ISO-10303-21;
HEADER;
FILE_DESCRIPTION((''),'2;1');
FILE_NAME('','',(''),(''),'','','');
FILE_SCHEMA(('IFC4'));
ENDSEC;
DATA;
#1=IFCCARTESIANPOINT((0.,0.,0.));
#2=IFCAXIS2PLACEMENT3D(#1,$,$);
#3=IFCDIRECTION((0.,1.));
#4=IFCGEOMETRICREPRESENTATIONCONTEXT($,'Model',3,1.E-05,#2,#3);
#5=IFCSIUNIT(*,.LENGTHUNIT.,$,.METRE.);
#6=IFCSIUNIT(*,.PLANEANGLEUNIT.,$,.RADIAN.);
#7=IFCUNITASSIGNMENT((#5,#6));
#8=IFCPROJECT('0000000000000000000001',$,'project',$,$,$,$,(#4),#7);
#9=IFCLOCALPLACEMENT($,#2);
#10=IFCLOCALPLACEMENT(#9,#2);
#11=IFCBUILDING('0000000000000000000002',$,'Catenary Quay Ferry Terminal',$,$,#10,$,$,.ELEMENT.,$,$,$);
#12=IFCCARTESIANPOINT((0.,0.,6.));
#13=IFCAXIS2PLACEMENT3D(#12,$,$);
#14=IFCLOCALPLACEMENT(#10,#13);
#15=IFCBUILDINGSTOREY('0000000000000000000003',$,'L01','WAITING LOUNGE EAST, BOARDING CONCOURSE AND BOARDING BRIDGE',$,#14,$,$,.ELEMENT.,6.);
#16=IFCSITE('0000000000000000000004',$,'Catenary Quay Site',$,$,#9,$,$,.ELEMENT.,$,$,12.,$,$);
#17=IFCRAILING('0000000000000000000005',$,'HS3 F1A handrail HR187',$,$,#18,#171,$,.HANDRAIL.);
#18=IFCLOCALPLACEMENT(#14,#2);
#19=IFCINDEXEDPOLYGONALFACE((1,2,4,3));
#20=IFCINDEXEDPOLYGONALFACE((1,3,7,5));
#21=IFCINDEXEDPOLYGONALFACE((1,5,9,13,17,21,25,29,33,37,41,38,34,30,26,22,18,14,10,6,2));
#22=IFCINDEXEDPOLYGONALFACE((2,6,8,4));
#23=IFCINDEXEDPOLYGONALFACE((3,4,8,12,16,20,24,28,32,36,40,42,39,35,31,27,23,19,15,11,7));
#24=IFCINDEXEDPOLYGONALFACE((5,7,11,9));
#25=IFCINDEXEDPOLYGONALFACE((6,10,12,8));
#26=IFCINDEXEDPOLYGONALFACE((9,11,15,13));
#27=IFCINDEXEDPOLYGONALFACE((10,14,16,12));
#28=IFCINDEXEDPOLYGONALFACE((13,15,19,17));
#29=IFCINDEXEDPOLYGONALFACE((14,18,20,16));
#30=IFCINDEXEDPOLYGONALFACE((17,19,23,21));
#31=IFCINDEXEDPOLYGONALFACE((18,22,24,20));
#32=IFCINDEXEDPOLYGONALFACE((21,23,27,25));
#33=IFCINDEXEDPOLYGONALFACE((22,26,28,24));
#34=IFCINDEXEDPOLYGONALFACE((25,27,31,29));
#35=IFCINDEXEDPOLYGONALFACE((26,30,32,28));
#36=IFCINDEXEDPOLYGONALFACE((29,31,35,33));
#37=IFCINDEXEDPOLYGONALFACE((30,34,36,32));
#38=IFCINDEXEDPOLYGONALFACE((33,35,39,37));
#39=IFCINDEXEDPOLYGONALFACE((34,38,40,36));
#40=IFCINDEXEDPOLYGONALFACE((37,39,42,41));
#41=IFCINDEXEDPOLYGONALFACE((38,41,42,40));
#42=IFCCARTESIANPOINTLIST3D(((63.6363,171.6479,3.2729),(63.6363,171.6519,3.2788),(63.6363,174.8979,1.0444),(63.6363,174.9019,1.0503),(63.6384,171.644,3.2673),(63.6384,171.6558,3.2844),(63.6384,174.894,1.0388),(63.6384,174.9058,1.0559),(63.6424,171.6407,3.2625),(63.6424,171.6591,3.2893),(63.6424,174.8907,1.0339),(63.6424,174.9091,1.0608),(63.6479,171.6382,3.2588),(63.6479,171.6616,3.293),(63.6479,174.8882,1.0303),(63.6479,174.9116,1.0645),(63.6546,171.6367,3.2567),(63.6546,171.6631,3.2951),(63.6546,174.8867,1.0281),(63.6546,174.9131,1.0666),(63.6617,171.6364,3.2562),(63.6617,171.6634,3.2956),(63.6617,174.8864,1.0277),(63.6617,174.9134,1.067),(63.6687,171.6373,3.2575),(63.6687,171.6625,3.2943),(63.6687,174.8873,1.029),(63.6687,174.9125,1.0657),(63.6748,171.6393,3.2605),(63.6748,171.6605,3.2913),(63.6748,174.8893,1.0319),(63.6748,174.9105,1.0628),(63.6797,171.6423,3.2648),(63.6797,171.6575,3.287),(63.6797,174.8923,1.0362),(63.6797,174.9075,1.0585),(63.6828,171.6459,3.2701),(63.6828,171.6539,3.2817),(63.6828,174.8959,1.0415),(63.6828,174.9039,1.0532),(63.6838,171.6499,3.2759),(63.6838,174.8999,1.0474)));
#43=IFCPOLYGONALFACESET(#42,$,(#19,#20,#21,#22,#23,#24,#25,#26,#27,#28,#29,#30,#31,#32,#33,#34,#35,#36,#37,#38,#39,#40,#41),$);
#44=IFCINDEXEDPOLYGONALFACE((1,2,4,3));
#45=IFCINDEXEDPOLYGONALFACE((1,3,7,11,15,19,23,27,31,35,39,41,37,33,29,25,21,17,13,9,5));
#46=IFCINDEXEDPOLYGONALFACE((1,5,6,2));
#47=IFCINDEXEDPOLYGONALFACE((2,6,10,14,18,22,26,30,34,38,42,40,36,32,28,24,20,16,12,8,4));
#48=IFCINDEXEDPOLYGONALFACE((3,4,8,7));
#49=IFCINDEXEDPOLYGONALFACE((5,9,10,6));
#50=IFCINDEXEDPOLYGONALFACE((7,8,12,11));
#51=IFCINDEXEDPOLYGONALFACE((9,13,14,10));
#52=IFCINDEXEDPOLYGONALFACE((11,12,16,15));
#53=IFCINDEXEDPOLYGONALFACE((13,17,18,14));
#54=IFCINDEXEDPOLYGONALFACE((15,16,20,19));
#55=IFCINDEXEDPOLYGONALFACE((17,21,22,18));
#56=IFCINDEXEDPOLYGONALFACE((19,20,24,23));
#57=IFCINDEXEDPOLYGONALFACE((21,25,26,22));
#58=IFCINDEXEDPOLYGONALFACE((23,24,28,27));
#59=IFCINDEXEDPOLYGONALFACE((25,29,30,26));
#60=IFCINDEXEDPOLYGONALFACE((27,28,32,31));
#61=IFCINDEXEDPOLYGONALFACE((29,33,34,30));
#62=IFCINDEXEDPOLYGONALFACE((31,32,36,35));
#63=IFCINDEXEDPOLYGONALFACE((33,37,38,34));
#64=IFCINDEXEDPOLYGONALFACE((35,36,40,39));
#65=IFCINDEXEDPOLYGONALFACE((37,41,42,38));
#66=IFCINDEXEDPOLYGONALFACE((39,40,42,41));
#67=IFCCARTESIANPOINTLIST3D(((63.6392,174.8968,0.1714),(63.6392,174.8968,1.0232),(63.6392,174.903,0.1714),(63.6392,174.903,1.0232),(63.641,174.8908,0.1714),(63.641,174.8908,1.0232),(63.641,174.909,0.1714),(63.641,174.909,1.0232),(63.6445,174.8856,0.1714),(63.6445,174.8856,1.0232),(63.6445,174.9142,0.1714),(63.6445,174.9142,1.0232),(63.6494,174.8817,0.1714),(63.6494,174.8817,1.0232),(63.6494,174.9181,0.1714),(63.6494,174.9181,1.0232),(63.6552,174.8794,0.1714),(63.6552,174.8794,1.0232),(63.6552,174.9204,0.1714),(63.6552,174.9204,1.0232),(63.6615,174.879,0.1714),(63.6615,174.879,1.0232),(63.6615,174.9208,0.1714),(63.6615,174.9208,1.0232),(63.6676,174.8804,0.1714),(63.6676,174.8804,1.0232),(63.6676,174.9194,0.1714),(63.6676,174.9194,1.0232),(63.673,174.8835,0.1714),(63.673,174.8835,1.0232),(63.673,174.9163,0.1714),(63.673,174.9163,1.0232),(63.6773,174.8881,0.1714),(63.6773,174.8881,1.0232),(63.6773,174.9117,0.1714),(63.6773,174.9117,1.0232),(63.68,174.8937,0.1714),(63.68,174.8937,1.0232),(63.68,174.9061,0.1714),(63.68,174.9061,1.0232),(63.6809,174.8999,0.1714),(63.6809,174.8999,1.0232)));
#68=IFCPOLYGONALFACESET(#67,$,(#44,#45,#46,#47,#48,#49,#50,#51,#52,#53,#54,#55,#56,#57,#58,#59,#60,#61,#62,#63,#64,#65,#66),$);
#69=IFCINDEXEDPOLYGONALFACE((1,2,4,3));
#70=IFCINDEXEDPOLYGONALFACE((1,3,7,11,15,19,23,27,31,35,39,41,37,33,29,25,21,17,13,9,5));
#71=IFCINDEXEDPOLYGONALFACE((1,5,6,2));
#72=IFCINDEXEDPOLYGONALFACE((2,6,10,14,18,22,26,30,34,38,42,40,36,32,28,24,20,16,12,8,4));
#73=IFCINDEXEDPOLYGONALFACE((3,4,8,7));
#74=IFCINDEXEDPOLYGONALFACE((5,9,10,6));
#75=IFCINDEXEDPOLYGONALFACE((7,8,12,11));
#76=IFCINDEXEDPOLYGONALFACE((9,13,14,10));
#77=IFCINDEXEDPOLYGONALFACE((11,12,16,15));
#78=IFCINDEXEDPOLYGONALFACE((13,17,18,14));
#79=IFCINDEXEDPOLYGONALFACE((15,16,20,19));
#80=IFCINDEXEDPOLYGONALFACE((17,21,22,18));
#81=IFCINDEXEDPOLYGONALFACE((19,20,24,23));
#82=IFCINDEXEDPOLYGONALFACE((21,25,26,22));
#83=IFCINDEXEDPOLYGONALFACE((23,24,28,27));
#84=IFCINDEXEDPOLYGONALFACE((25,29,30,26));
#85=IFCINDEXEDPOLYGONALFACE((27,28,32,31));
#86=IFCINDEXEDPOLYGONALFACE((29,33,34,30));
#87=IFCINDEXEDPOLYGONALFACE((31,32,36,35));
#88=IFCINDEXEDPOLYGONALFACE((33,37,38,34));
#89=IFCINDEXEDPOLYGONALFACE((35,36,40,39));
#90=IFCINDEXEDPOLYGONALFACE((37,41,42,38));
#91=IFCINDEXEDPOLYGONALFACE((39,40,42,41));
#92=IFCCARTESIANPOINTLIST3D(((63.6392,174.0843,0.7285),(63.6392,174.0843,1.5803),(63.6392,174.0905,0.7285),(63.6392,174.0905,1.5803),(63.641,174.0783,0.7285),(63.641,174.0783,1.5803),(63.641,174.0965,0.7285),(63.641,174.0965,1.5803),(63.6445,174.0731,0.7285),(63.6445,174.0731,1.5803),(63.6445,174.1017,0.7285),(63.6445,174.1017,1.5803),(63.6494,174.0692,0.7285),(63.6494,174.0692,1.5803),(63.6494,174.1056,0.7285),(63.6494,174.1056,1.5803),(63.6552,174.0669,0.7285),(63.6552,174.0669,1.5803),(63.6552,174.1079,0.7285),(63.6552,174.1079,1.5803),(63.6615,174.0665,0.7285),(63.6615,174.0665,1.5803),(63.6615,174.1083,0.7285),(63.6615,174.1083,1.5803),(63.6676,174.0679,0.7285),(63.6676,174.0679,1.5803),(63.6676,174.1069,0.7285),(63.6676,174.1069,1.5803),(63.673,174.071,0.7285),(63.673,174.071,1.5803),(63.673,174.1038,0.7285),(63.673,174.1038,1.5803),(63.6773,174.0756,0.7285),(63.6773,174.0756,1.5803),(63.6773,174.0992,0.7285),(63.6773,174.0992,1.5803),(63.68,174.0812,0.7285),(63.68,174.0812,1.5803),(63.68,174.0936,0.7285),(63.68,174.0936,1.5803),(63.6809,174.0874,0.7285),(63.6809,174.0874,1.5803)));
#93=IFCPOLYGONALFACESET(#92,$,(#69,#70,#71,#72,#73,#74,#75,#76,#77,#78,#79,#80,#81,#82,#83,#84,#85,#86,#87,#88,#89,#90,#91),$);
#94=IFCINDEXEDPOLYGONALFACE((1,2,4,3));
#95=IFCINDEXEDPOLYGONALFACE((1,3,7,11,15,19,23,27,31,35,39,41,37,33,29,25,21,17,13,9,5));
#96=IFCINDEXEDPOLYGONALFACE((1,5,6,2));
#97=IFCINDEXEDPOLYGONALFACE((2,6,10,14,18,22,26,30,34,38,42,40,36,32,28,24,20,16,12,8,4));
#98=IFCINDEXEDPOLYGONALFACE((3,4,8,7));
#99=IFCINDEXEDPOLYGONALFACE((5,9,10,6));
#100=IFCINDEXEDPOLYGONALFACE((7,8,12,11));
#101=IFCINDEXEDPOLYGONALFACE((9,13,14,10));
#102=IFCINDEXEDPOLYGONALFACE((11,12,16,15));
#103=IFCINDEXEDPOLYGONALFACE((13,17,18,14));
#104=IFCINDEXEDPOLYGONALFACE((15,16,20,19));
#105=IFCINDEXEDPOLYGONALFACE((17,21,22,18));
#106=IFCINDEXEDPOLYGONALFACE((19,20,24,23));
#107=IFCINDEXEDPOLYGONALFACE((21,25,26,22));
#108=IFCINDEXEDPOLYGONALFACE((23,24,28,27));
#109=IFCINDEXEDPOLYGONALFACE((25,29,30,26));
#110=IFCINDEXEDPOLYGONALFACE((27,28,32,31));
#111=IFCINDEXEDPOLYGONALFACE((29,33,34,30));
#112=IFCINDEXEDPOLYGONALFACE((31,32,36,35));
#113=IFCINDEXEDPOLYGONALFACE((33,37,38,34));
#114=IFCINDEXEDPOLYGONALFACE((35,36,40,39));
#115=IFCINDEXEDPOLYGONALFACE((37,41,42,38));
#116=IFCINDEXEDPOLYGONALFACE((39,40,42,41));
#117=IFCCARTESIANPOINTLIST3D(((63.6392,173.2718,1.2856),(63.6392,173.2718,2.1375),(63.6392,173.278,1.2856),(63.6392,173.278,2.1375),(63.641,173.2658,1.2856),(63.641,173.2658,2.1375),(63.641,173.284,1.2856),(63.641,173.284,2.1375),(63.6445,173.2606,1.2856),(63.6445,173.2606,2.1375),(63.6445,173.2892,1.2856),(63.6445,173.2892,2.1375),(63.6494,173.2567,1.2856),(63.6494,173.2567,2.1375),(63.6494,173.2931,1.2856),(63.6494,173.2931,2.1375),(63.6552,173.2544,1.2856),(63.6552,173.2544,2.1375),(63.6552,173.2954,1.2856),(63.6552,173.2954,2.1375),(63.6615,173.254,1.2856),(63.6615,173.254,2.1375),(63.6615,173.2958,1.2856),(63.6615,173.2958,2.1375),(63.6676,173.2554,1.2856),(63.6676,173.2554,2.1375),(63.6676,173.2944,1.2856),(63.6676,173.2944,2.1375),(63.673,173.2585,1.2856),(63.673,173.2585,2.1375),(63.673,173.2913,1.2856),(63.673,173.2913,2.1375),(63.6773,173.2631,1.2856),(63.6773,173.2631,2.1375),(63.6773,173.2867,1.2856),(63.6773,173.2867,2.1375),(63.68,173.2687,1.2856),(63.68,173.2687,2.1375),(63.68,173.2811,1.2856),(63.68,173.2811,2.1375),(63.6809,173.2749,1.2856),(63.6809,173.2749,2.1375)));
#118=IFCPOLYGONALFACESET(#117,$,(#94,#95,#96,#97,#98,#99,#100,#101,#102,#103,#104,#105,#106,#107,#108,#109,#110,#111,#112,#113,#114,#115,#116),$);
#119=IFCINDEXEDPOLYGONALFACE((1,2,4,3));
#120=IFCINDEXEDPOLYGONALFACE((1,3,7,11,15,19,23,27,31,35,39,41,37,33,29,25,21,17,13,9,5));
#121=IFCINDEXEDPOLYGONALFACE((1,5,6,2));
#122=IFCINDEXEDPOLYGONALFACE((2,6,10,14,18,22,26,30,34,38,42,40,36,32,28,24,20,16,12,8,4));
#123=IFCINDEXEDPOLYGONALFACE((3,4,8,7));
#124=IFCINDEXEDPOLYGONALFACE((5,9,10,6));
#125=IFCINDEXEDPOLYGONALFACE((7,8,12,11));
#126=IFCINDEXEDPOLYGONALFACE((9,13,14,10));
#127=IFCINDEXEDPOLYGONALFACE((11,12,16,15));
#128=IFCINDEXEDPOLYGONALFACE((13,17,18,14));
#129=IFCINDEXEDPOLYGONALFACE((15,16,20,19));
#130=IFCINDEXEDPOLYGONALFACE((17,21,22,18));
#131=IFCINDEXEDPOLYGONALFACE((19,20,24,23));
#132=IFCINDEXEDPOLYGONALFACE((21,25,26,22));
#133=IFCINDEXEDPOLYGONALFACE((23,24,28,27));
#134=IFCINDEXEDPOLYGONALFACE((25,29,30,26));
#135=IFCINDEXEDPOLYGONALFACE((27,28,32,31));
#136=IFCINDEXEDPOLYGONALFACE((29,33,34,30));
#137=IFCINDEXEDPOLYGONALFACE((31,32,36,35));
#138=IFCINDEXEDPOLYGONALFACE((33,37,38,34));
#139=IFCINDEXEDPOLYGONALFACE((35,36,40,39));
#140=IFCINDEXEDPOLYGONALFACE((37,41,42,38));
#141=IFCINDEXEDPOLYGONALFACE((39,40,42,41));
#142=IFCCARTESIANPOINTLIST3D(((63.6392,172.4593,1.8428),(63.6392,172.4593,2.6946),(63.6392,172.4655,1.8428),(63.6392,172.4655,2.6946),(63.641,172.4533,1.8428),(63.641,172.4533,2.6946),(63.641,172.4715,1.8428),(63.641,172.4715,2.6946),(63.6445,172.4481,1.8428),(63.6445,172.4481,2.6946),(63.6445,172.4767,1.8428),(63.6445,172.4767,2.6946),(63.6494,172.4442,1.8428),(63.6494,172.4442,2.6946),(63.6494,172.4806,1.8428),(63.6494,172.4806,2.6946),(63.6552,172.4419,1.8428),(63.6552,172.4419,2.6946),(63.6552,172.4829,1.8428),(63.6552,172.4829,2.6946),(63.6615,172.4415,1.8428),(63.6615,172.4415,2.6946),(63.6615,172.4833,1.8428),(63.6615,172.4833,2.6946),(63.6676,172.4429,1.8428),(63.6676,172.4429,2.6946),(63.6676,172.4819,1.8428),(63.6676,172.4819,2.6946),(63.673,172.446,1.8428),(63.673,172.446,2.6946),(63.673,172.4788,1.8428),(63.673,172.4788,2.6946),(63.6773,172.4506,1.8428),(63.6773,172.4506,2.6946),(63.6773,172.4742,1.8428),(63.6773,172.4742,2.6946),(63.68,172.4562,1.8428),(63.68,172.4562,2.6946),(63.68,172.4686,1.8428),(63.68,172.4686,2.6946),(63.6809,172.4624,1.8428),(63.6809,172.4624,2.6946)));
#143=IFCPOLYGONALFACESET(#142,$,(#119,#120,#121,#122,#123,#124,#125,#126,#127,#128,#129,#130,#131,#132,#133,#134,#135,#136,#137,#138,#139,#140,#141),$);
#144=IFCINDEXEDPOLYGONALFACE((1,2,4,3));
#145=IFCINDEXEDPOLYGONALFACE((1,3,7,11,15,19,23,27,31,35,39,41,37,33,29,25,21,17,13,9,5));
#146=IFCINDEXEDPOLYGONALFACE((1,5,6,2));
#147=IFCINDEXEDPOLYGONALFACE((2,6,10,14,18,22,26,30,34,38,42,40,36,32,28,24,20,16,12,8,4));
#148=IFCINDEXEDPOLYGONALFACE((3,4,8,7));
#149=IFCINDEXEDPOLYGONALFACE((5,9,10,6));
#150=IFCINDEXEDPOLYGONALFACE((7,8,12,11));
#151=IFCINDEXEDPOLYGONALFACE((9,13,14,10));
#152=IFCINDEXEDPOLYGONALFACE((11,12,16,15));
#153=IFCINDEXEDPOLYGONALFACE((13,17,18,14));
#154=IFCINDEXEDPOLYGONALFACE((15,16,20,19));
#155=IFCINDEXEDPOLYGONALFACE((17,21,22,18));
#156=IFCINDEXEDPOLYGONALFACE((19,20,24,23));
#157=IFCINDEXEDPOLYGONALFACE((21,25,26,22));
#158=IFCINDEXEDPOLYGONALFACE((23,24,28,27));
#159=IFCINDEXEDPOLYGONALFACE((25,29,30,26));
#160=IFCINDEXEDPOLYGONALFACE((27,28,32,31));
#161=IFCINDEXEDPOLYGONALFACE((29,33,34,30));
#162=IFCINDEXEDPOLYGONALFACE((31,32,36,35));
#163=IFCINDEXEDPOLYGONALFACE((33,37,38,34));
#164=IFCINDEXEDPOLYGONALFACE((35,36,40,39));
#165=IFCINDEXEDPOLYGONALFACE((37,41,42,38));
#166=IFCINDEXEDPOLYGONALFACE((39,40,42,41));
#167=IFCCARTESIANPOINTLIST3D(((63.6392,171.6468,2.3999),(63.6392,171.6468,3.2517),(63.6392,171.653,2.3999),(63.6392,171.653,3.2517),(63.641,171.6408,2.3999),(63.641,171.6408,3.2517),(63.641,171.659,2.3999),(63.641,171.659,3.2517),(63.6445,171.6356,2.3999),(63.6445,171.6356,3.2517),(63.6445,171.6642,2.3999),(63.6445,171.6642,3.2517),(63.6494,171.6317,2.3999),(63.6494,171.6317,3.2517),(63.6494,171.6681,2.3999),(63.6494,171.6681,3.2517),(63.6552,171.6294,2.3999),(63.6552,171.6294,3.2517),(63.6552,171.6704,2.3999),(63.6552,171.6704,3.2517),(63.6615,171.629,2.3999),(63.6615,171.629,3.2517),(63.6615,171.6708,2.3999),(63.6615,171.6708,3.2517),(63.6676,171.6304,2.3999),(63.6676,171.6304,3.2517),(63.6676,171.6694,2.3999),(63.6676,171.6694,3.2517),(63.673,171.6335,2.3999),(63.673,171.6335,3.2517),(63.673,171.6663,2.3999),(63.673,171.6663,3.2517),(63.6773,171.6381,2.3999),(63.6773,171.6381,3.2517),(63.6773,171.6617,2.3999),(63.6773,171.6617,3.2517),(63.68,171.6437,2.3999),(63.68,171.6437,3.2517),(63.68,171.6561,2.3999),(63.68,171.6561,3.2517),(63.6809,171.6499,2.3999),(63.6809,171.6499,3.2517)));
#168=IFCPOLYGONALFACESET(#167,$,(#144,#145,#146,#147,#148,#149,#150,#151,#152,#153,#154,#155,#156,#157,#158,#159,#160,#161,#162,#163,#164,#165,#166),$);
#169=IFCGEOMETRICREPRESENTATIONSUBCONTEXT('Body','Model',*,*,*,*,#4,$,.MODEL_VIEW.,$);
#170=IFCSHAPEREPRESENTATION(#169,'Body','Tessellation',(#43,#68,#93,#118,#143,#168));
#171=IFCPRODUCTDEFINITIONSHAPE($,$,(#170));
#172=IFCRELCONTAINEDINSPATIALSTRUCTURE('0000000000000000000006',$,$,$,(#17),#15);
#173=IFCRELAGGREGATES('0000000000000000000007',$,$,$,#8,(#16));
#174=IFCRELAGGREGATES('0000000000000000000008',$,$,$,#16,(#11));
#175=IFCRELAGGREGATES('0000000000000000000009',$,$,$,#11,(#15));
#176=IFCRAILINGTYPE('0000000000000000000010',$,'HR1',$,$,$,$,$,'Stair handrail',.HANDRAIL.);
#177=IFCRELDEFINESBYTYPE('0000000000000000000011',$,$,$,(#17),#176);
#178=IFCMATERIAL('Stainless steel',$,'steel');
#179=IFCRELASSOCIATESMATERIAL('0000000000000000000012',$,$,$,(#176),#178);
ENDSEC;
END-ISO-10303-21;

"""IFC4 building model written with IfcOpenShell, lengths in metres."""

from ifc_helpers import new_model, si_unit, direction, frame, origin, origin_2d, place, context, subcontext, project, spatial, circle, extrude, material, type_object, element, save


model = new_model("IFC4")

# Units and contexts
model_context = context("Model", 3, precision=1e-05, world=origin(), true_north=direction((0.0, 1.0)))
body_context = subcontext(model_context, "Body", "Model", "MODEL_VIEW")
ifc_project = project(units=[si_unit("LENGTHUNIT", "METRE"), si_unit("PLANEANGLEUNIT", "RADIAN")], contexts=[model_context])

# Site, building, storey
site_placement = place(None, origin())
site = spatial("IfcSite", under=ifc_project, at=site_placement, Name="Catenary Quay Site", CompositionType="ELEMENT", RefElevation=12.0)
building_placement = place(site_placement, origin())
building = spatial("IfcBuilding", under=site, at=building_placement, Name="Catenary Quay Ferry Terminal", CompositionType="ELEMENT")
storey_placement = place(building_placement, frame((0.0, 0.0, 6.0)))
storey = spatial("IfcBuildingStorey", under=building, at=storey_placement, Name="L01", Description="WAITING LOUNGE EAST, BOARDING CONCOURSE AND BOARDING BRIDGE", CompositionType="ELEMENT", Elevation=6.0)

# Railing
ifc_material_1 = material(Name="Stainless steel", Category="steel")
railing_type_1 = type_object("IfcRailingType", Name="HR1", ElementType="Stair handrail", PredefinedType="HANDRAIL", material=ifc_material_1)
for number, where, name in (
    (1, (63.6599, 174.8999, 0.1714), "HS3 F1A handrail HR187"),
):
    element("IfcRailing", number, at=place(storey_placement, frame(where)), inside=storey, type_object=railing_type_1, Name=name, PredefinedType="HANDRAIL", context=body_context, shape_type="SweptSolid", body=[
        extrude(circle(Radius=0.0239, at=origin_2d()), frame((0.0, 0.0, 0.876), z_axis=(0.0, -0.824735, 0.565519), x_axis=(1.0, 0.0, 0.0)), (0.0, 0.0, 1.0), 3.9407),
        extrude(circle(Radius=0.021, at=origin_2d()), origin(), (0.0, 0.0, 1.0), 0.8518),
        extrude(circle(Radius=0.021, at=origin_2d()), frame((0.0, -0.8125, 0.5571)), (0.0, 0.0, 1.0), 0.8518),
        extrude(circle(Radius=0.021, at=origin_2d()), frame((0.0, -1.625, 1.1143)), (0.0, 0.0, 1.0), 0.8518),
        extrude(circle(Radius=0.021, at=origin_2d()), frame((0.0, -2.4375, 1.6714)), (0.0, 0.0, 1.0), 0.8518),
        extrude(circle(Radius=0.021, at=origin_2d()), frame((0.0, -3.25, 2.2285)), (0.0, 0.0, 1.0), 0.8518),
    ])

save(model, "model.ifc")
